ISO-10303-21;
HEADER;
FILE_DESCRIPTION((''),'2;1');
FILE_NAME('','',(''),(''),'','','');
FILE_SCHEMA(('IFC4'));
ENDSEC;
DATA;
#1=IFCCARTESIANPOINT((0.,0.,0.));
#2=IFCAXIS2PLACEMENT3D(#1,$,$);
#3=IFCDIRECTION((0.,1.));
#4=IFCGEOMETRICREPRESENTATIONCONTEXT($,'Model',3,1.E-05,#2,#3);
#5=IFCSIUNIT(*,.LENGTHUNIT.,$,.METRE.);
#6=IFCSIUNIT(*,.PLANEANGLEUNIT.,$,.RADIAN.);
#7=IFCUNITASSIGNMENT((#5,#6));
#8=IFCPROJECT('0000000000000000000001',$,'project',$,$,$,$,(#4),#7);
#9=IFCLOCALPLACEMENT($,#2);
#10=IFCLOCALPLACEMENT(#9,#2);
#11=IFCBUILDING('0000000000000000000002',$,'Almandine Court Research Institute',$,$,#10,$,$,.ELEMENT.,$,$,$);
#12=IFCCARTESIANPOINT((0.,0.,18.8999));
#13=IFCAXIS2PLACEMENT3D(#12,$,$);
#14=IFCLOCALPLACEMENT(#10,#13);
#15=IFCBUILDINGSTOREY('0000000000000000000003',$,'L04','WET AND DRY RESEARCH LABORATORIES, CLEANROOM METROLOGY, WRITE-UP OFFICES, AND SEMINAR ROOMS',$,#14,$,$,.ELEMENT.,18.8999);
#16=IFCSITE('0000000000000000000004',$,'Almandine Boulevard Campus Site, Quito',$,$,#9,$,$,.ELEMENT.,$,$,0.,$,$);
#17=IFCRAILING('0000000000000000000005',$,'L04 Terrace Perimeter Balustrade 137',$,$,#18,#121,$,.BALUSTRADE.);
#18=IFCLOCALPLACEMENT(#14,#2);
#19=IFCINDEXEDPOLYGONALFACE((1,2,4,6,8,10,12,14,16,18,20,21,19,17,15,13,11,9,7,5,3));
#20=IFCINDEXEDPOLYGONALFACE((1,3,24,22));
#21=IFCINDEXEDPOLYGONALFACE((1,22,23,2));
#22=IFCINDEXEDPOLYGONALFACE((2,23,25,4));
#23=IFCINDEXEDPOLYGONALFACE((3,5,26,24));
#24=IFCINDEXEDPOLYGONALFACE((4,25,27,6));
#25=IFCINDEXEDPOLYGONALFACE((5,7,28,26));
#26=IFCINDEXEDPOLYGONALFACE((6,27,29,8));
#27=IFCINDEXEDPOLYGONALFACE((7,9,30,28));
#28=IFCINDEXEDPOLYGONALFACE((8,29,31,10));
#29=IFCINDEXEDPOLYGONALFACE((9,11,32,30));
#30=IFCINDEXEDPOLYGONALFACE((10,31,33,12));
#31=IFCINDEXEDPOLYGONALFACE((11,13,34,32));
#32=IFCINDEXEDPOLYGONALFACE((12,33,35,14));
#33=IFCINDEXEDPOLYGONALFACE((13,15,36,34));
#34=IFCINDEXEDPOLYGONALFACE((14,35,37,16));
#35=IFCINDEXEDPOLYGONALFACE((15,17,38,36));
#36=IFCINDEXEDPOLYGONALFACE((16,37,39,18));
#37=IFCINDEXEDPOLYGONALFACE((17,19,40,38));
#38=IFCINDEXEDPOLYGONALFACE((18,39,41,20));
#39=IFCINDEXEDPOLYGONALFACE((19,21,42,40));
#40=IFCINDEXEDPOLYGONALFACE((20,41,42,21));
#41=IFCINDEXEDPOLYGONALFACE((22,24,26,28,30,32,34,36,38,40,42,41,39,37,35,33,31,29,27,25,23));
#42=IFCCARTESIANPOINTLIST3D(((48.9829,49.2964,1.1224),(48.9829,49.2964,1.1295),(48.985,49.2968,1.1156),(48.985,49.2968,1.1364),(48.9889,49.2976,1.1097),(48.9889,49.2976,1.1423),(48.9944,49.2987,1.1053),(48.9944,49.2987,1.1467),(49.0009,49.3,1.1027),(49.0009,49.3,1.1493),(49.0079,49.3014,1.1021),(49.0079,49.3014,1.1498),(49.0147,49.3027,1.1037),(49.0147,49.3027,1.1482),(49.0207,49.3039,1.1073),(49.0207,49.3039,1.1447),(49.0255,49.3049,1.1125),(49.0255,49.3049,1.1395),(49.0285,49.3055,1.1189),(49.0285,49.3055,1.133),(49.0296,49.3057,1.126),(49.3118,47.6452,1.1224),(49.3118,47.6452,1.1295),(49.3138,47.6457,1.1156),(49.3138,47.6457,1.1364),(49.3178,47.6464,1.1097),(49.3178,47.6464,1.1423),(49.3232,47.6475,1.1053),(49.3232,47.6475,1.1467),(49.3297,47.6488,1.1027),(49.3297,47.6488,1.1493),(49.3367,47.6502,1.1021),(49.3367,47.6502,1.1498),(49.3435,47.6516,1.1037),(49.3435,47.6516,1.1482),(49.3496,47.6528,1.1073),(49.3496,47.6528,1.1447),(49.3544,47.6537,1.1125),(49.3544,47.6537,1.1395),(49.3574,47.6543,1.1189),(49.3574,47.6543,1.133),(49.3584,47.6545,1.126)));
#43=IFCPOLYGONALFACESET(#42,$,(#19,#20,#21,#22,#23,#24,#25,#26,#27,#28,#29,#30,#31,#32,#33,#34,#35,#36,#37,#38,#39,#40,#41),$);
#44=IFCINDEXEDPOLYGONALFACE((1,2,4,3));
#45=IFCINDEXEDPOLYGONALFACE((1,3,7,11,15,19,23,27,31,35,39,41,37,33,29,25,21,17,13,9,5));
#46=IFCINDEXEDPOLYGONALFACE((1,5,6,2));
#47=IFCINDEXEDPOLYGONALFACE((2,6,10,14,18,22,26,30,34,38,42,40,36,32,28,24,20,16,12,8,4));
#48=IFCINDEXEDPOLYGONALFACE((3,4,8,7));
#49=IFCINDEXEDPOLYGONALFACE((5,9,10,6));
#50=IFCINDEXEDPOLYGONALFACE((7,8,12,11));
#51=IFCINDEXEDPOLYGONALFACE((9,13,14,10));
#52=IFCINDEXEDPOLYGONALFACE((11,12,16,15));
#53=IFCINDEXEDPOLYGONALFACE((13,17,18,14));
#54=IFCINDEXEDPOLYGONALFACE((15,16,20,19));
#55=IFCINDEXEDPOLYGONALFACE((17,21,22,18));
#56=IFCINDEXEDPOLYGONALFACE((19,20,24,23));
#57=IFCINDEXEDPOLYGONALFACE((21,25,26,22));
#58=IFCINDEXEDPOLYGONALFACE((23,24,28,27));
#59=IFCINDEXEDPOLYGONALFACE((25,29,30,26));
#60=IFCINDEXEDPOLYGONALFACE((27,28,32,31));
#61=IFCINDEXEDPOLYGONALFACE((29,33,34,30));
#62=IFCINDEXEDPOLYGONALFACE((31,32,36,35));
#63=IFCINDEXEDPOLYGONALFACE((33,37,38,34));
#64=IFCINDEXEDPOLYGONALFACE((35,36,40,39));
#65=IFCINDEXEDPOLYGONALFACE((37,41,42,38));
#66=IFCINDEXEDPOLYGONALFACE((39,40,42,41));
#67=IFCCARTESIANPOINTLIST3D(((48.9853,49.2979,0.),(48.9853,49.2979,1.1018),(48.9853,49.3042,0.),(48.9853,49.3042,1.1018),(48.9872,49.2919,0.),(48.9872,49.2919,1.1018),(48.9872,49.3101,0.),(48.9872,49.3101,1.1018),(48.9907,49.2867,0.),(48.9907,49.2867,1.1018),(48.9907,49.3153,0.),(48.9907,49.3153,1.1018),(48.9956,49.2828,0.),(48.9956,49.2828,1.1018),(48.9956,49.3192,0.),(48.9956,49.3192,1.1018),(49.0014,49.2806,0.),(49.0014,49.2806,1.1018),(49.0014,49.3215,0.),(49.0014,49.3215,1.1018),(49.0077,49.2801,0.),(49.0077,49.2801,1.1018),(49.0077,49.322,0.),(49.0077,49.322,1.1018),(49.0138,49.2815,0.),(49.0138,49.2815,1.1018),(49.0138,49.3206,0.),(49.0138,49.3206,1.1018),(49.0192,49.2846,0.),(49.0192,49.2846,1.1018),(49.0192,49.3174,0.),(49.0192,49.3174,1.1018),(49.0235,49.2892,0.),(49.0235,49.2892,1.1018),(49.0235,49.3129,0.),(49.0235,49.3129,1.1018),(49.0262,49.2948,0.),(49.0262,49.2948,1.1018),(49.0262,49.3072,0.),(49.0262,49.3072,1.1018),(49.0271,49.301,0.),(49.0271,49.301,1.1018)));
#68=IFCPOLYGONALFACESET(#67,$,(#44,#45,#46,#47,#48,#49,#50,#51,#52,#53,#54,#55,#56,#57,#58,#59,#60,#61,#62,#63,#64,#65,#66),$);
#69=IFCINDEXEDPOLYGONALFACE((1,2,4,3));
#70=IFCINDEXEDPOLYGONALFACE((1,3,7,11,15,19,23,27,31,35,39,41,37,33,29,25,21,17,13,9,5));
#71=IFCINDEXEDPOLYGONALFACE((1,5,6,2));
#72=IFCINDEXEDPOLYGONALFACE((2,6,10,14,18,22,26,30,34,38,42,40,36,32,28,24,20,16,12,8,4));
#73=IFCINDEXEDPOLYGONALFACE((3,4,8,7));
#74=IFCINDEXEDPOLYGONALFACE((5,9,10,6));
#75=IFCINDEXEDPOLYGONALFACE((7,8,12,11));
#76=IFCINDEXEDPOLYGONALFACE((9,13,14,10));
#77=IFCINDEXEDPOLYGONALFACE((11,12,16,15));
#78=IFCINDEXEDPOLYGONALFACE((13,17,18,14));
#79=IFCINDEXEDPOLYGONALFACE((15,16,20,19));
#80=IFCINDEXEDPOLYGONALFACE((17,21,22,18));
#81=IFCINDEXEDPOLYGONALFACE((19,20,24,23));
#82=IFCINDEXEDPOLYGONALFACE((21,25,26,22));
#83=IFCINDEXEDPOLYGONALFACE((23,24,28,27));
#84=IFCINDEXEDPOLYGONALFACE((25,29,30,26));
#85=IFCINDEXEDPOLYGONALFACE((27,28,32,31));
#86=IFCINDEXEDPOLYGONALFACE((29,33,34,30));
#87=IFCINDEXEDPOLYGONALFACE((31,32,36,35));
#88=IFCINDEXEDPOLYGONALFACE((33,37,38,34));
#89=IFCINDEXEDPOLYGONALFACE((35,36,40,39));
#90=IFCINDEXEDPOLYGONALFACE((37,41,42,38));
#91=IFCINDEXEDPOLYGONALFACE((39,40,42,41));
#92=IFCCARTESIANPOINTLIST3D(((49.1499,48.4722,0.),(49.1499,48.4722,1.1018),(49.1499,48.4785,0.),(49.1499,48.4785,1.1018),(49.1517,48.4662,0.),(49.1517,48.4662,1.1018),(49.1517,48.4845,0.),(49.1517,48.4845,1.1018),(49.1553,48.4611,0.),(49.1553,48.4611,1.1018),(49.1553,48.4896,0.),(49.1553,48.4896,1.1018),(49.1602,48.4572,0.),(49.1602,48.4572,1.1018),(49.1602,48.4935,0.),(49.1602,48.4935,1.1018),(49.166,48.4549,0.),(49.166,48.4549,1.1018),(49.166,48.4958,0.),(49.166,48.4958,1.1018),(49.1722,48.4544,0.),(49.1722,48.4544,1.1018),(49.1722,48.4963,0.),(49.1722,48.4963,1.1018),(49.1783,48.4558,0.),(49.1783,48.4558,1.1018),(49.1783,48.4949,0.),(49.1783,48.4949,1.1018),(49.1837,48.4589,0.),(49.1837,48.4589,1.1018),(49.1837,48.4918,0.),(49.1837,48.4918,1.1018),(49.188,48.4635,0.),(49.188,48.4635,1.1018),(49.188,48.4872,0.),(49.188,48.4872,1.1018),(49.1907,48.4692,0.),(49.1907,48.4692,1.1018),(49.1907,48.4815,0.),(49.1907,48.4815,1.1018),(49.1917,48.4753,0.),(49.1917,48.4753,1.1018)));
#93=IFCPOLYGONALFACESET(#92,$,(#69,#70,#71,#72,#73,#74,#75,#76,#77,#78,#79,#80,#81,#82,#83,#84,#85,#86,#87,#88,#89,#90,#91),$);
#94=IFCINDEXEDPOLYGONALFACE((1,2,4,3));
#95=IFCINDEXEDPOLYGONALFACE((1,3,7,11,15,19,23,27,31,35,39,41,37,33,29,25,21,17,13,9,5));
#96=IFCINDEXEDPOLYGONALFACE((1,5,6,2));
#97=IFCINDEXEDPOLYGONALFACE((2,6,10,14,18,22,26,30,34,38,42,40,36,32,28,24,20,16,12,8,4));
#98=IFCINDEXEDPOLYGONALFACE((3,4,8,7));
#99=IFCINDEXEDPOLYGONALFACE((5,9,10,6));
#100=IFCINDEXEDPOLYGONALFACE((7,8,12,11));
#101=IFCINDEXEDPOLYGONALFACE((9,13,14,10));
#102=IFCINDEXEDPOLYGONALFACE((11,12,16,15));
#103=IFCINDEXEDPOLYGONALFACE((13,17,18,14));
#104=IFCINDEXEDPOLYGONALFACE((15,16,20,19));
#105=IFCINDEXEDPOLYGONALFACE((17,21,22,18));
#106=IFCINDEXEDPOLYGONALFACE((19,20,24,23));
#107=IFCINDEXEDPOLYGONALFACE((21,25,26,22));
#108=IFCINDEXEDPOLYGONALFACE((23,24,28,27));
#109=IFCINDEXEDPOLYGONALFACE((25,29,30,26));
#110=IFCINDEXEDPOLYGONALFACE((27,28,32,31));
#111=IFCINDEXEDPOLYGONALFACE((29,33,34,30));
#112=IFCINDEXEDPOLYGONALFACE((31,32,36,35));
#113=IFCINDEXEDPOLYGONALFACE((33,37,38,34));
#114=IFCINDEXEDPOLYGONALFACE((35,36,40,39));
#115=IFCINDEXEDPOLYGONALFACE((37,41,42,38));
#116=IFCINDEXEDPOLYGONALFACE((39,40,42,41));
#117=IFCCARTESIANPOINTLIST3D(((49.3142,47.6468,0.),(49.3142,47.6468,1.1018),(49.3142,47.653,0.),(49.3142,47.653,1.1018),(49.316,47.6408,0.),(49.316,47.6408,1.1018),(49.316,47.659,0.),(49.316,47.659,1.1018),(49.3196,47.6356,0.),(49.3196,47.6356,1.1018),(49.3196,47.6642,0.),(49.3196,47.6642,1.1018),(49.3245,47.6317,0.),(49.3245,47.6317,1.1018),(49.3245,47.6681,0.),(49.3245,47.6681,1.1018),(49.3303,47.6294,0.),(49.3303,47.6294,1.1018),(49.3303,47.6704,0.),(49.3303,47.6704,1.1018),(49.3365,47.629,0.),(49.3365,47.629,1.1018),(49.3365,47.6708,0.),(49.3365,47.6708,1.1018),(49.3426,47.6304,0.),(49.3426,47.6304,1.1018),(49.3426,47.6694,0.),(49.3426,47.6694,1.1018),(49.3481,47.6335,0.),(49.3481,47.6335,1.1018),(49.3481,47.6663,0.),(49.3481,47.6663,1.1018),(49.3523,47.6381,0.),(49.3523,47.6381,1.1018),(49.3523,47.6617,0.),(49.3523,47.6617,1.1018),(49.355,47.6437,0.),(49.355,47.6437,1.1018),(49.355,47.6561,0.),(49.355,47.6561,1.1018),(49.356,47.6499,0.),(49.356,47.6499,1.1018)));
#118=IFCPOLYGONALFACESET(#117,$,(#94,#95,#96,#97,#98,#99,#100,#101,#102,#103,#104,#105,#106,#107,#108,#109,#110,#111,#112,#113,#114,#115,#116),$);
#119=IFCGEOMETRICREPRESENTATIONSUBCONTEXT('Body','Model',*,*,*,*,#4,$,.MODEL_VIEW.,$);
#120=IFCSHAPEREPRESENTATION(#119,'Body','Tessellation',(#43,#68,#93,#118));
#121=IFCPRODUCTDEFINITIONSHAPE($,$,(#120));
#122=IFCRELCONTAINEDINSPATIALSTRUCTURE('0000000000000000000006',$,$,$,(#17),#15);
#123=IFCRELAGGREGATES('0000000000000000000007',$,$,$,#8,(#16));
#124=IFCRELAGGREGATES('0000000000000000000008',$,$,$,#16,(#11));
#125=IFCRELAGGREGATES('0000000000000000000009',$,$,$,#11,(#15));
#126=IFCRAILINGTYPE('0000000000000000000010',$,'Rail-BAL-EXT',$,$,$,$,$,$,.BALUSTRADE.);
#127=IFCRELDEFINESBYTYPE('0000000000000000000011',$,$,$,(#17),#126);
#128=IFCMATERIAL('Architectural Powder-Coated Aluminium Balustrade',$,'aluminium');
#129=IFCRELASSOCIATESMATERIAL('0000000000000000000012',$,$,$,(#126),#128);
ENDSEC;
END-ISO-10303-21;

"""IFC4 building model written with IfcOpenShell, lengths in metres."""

from ifc_helpers import new_model, si_unit, direction, frame, origin, origin_2d, place, context, subcontext, project, spatial, circle, extrude, material, type_object, element, save


model = new_model("IFC4")

# Units and contexts
model_context = context("Model", 3, precision=1e-05, world=origin(), true_north=direction((0.0, 1.0)))
body_context = subcontext(model_context, "Body", "Model", "MODEL_VIEW")
ifc_project = project(units=[si_unit("LENGTHUNIT", "METRE"), si_unit("PLANEANGLEUNIT", "RADIAN")], contexts=[model_context])

# Site, building, storey
site_placement = place(None, origin())
site = spatial("IfcSite", under=ifc_project, at=site_placement, Name="Almandine Boulevard Campus Site, Quito", CompositionType="ELEMENT", RefElevation=0.0)
building_placement = place(site_placement, origin())
building = spatial("IfcBuilding", under=site, at=building_placement, Name="Almandine Court Research Institute", CompositionType="ELEMENT")
storey_placement = place(building_placement, frame((0.0, 0.0, 18.8999)))
storey = spatial("IfcBuildingStorey", under=building, at=storey_placement, Name="L04", Description="WET AND DRY RESEARCH LABORATORIES, CLEANROOM METROLOGY, WRITE-UP OFFICES, AND SEMINAR ROOMS", CompositionType="ELEMENT", Elevation=18.8999)

# Railing
ifc_material_1 = material(Name="Architectural Powder-Coated Aluminium Balustrade", Category="aluminium")
railing_type = type_object("IfcRailingType", Name="Rail-BAL-EXT", PredefinedType="BALUSTRADE", material=ifc_material_1)
railing_1_placement = place(storey_placement, frame((49.0061, 49.301, 0.0)))
element("IfcRailing", 1, at=railing_1_placement, inside=storey, type_object=railing_type, Name="L04 Terrace Perimeter Balustrade 137", PredefinedType="BALUSTRADE", context=body_context, shape_type="SweptSolid", body=[
    extrude(circle(Radius=0.0239, at=origin_2d()), frame((0.0, 0.0, 1.126), z_axis=(0.195335, -0.980737, 0.0), x_axis=(0.980737, 0.195335, 0.0)), (0.0, 0.0, 1.0), 1.6836),
    extrude(circle(Radius=0.021, at=origin_2d()), origin(), (0.0, 0.0, 1.0), 1.1018),
    extrude(circle(Radius=0.021, at=origin_2d()), frame((0.1646, -0.8257, 0.0)), (0.0, 0.0, 1.0), 1.1018),
    extrude(circle(Radius=0.021, at=origin_2d()), frame((0.3289, -1.6511, 0.0)), (0.0, 0.0, 1.0), 1.1018),
])

save(model, "model.ifc")
